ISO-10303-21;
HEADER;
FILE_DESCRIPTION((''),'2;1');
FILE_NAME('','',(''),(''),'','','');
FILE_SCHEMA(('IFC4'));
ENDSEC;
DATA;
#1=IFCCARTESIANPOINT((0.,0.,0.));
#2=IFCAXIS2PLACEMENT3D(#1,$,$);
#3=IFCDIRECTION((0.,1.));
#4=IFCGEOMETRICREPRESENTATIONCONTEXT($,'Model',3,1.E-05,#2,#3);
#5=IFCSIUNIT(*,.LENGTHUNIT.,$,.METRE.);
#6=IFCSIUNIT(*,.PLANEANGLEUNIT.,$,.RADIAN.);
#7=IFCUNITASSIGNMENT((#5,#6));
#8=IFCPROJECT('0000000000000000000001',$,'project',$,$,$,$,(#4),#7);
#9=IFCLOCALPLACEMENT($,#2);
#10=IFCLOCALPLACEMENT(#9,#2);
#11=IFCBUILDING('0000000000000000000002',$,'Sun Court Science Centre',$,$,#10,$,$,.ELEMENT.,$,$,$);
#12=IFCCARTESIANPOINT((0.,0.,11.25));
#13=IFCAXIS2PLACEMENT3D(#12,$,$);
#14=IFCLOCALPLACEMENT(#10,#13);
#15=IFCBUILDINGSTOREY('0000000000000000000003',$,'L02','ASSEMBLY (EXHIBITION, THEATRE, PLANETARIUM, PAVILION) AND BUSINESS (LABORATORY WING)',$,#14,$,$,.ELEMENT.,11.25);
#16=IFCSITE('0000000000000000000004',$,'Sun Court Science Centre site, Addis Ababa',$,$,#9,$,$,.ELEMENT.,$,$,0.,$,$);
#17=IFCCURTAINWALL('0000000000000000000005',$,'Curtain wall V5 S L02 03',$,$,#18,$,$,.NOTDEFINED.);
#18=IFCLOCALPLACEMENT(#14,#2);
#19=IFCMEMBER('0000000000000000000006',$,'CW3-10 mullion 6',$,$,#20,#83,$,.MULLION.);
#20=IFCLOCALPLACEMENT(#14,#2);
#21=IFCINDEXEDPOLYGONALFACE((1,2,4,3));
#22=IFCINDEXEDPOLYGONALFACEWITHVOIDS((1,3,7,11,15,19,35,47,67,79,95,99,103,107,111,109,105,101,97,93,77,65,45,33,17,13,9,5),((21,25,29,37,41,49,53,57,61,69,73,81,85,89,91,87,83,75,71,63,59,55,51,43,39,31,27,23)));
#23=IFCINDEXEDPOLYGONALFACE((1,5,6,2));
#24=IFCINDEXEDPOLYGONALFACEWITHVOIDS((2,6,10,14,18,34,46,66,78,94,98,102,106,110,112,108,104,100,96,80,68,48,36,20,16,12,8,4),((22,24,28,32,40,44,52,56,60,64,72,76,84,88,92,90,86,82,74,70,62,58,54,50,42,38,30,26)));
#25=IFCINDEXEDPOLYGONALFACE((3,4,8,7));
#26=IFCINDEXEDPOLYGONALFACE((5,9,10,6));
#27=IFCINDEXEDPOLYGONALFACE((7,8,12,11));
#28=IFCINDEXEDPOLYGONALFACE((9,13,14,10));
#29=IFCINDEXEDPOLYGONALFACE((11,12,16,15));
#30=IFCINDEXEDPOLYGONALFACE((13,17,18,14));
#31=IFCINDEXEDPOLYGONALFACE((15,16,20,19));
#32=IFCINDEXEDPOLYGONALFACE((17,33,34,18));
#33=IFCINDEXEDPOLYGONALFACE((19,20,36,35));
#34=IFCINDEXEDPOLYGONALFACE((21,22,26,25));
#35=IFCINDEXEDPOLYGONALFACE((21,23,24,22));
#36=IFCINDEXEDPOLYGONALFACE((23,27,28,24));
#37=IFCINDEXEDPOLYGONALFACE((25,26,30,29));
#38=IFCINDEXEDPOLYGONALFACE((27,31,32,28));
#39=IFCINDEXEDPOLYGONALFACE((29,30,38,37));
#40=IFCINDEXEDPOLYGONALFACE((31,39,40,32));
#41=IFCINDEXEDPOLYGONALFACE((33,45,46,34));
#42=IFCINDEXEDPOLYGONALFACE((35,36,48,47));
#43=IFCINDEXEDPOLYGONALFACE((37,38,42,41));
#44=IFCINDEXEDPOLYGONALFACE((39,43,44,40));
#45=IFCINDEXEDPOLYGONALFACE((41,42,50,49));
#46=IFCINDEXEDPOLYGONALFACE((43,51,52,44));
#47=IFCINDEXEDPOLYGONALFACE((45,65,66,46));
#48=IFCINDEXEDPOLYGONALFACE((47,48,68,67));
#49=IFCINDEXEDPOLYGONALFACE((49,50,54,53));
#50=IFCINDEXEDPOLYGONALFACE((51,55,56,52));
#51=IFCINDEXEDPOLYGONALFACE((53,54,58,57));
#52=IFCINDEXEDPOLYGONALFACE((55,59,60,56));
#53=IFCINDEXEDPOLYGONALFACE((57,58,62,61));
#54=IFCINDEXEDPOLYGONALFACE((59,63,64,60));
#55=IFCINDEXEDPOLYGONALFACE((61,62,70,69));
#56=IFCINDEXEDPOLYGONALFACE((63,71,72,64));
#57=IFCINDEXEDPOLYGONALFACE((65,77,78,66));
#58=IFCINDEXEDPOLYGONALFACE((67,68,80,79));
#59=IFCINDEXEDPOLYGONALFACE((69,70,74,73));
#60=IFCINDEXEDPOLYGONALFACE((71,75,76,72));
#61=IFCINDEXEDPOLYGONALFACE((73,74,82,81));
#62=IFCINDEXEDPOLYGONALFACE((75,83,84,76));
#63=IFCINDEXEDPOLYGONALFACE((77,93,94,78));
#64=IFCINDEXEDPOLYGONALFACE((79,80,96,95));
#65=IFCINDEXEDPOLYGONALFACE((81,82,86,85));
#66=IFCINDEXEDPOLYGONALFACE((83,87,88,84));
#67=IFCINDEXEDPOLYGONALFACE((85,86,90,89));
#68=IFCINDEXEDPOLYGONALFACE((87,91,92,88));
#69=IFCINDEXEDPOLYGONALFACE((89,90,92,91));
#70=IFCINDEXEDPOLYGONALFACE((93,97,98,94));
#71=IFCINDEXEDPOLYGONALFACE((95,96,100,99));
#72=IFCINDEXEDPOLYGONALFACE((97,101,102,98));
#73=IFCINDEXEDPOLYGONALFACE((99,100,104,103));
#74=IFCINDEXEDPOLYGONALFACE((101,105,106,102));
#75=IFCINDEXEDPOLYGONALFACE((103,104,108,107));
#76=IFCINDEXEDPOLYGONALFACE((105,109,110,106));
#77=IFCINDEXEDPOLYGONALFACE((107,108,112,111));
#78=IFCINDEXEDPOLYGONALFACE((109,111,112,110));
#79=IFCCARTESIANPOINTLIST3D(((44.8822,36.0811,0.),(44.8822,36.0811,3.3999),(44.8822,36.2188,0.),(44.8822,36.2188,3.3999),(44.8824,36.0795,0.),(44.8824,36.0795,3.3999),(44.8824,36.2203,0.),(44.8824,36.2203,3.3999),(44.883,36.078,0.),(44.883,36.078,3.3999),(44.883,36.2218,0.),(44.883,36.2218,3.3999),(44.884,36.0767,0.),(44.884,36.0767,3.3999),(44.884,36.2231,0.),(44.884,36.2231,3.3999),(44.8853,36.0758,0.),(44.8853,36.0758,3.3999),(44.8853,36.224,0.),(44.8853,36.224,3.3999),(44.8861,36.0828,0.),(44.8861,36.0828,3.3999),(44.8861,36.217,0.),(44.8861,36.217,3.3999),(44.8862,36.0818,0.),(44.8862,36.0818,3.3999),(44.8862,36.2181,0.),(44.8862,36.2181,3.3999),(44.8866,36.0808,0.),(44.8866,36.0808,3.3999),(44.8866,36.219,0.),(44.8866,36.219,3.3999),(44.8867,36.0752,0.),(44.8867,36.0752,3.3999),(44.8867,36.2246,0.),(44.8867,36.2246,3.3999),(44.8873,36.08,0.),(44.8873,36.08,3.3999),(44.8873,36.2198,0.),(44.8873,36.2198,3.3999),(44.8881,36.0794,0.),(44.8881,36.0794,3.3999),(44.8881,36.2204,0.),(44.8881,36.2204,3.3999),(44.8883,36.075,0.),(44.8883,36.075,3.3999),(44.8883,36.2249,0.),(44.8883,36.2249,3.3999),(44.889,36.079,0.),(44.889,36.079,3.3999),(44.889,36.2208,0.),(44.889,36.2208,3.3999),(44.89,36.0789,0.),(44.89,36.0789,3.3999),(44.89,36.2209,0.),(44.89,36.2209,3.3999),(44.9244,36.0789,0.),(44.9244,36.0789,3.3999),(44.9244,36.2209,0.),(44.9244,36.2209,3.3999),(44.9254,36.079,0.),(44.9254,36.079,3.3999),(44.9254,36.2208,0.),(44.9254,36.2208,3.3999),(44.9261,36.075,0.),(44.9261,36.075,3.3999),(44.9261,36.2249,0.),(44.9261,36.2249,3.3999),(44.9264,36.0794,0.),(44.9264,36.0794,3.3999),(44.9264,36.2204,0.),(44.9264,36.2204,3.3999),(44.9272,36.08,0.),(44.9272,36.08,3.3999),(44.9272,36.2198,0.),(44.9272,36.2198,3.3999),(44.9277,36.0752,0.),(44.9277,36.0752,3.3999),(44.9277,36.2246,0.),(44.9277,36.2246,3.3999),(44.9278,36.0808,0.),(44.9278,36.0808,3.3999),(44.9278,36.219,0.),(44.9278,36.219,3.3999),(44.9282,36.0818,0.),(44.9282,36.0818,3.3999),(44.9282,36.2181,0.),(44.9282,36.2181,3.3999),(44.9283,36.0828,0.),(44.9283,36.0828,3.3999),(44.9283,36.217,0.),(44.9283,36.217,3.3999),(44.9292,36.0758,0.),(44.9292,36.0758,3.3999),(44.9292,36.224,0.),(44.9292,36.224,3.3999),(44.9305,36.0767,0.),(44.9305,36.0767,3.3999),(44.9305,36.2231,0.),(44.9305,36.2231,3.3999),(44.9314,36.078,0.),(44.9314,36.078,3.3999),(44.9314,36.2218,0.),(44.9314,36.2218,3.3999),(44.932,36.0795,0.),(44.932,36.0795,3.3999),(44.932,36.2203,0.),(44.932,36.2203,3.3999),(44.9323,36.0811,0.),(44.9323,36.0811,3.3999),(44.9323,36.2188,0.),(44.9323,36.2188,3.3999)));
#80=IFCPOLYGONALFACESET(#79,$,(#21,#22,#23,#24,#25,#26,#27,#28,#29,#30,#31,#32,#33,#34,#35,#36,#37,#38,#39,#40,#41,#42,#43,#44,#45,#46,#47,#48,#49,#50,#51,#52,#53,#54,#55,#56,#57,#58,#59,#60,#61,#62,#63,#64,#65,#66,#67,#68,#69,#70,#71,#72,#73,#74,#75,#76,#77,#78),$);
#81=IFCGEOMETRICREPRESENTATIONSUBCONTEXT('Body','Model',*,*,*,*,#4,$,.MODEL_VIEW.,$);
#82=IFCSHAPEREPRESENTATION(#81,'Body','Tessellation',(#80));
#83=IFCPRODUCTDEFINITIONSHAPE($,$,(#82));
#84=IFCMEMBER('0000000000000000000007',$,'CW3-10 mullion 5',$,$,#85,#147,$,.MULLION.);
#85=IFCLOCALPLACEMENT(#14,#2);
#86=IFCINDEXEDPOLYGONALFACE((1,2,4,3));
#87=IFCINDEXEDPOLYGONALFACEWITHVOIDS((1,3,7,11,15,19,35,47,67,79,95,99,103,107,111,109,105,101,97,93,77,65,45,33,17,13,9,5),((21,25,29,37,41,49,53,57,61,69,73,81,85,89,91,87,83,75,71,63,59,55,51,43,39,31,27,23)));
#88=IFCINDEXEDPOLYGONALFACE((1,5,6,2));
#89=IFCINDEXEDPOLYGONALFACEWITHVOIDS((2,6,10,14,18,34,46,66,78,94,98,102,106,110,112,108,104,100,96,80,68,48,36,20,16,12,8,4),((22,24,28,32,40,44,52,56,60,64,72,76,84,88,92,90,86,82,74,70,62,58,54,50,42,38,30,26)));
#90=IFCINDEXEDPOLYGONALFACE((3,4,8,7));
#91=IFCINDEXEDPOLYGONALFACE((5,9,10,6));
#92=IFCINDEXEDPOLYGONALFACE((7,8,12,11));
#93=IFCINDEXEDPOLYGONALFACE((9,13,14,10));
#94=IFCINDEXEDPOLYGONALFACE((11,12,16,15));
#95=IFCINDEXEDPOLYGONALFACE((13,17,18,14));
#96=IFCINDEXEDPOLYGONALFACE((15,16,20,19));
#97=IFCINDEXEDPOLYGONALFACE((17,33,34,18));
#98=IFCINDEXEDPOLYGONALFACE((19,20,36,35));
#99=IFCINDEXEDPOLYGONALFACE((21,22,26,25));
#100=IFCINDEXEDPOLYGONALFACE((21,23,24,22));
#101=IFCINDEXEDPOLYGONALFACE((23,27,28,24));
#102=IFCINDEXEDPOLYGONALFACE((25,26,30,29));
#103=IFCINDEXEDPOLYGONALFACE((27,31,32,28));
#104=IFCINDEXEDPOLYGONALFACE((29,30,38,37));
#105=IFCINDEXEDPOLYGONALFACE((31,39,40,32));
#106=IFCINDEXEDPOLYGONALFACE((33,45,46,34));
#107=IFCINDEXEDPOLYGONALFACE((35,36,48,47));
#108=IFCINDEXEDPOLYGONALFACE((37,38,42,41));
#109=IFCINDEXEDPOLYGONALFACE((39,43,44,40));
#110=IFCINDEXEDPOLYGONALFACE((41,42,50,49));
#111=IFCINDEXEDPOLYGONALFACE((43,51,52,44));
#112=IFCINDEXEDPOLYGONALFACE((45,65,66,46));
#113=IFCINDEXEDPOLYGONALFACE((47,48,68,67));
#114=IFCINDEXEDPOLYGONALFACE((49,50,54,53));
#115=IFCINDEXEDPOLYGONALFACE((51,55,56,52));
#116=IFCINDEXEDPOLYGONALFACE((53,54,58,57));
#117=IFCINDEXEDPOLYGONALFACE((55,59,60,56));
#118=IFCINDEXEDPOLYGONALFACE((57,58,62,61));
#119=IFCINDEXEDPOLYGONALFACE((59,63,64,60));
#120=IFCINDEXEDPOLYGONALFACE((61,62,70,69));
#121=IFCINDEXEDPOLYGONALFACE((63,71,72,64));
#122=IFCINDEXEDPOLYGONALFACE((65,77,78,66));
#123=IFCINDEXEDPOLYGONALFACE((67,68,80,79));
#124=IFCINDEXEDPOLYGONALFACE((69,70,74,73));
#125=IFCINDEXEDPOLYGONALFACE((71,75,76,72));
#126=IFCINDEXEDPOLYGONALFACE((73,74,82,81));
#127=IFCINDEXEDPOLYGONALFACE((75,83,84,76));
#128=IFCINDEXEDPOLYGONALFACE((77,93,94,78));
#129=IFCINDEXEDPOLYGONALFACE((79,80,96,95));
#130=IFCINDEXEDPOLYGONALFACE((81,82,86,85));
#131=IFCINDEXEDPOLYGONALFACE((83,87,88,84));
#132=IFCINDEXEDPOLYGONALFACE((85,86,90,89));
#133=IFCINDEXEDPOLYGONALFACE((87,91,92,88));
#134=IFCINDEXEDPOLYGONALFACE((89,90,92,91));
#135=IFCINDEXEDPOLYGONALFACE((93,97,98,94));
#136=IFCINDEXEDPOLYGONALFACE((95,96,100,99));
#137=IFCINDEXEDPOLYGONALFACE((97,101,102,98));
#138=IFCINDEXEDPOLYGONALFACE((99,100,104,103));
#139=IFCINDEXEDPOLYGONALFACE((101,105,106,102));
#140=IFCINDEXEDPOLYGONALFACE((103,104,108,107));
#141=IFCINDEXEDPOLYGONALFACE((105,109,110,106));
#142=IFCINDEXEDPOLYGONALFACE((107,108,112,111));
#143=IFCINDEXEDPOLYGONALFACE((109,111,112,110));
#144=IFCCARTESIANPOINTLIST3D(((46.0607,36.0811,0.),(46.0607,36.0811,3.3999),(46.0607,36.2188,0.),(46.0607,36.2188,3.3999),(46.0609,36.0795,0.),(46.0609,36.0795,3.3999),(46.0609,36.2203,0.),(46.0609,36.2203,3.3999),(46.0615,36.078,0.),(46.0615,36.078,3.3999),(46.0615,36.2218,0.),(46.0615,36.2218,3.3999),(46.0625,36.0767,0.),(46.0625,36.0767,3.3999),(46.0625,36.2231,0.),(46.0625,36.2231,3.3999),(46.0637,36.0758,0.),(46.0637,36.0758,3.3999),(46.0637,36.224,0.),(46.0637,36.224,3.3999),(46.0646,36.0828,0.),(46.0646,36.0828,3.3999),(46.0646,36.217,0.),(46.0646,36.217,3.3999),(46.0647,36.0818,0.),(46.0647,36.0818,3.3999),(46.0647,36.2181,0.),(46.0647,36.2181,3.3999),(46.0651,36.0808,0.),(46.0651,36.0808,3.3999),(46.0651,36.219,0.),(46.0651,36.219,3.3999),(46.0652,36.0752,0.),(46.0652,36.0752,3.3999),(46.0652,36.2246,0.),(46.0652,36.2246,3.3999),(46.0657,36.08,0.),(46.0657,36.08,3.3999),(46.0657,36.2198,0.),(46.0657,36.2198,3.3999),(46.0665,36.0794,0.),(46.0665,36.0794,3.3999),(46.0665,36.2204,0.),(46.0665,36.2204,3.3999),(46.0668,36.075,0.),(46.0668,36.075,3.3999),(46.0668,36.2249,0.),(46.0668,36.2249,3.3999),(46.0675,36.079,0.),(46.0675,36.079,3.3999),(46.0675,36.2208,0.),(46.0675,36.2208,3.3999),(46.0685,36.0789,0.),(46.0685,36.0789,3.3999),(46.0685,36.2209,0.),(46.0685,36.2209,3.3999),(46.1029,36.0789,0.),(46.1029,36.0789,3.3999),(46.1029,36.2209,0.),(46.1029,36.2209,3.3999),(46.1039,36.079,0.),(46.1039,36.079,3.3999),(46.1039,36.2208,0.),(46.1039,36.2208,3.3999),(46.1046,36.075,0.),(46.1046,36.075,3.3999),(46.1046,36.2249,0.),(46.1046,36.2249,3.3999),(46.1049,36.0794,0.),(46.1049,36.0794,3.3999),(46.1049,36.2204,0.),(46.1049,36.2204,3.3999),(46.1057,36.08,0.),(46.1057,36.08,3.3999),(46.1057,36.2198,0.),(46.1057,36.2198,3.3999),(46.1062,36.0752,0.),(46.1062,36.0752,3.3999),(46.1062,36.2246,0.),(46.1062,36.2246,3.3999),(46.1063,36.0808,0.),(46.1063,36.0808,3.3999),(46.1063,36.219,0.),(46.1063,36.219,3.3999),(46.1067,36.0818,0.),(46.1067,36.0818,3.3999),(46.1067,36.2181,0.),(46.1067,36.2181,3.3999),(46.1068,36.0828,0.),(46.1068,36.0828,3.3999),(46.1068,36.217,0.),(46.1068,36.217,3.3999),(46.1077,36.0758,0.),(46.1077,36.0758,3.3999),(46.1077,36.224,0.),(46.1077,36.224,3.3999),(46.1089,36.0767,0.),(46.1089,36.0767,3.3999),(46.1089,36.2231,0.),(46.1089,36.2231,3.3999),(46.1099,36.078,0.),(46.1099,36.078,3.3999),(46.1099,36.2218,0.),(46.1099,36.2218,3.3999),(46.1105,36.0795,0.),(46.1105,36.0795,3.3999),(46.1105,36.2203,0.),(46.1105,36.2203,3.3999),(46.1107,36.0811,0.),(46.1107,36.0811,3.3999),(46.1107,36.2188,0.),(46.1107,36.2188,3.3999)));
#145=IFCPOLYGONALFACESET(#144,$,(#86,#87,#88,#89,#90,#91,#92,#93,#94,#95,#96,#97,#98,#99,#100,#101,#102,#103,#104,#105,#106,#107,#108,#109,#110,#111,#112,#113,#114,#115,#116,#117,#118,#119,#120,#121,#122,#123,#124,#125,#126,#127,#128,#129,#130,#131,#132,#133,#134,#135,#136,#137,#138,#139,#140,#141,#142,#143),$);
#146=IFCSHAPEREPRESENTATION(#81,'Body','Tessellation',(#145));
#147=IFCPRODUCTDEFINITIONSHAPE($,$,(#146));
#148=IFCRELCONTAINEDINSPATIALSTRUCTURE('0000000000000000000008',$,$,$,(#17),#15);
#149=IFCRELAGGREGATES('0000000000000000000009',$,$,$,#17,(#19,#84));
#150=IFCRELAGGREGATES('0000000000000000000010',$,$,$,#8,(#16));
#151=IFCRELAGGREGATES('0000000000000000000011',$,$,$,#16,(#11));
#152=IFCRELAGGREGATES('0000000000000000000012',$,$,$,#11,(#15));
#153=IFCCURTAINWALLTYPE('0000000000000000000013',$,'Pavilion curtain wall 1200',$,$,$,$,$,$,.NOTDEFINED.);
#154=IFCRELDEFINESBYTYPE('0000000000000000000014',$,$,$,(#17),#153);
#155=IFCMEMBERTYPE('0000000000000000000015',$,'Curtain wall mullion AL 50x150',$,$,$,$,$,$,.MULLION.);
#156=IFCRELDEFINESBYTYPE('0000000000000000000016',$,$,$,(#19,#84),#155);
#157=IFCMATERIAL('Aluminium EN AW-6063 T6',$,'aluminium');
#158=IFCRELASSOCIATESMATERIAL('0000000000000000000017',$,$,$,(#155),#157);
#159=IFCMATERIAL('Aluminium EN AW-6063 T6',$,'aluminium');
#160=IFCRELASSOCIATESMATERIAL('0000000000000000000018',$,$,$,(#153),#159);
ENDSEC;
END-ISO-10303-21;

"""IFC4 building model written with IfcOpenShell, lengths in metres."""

from ifc_helpers import new_model, si_unit, direction, frame, origin, origin_2d, place, context, subcontext, project, spatial, hollow_rectangle, extrude, material, material_profile, profile_set, type_object, element, aggregate, save


model = new_model("IFC4")

# Units and contexts
model_context = context("Model", 3, precision=1e-05, world=origin(), true_north=direction((0.0, 1.0)))
body_context = subcontext(model_context, "Body", "Model", "MODEL_VIEW")
ifc_project = project(units=[si_unit("LENGTHUNIT", "METRE"), si_unit("PLANEANGLEUNIT", "RADIAN")], contexts=[model_context])

# Site, building, storey
site_placement = place(None, origin())
site = spatial("IfcSite", under=ifc_project, at=site_placement, Name="Sun Court Science Centre site, Addis Ababa", CompositionType="ELEMENT", RefElevation=0.0)
building_placement = place(site_placement, origin())
building = spatial("IfcBuilding", under=site, at=building_placement, Name="Sun Court Science Centre", CompositionType="ELEMENT")
storey_placement = place(building_placement, frame((0.0, 0.0, 11.25)))
storey = spatial("IfcBuildingStorey", under=building, at=storey_placement, Name="L02", Description="ASSEMBLY (EXHIBITION, THEATRE, PLANETARIUM, PAVILION) AND BUSINESS (LABORATORY WING)", CompositionType="ELEMENT", Elevation=11.25)

# Shared definitions
ifc_material_1 = material(Name="Aluminium EN AW-6063 T6", Category="aluminium")
ifc_material_profile_1 = material_profile(ifc_material_1, hollow_rectangle(XDim=0.05, YDim=0.1499, WallThickness=0.0039, InnerFilletRadius=0.0039, OuterFilletRadius=0.0061, at=origin_2d()), Name="AL 50x150x4")
ifc_profile_set_1 = profile_set([ifc_material_profile_1], Name="Aluminium EN AW-6063 T6")
member_type_1 = type_object("IfcMemberType", Name="Curtain wall mullion AL 50x150", PredefinedType="MULLION", material=ifc_profile_set_1)

# Shared definitions
ifc_material_2 = material(Name="Aluminium EN AW-6063 T6", Category="aluminium")
curtain_wall_type_1 = type_object("IfcCurtainWallType", Name="Pavilion curtain wall 1200", PredefinedType="NOTDEFINED", material=ifc_material_2)

# Curtain wall, members
curtain_wall_1_placement = place(storey_placement, origin())
curtain_wall_1 = element("IfcCurtainWall", 1, at=curtain_wall_1_placement, inside=storey, type_object=curtain_wall_type_1, Name="Curtain wall V5 S L02 03", PredefinedType="NOTDEFINED")
member_1_placement = place(storey_placement, frame((44.9072, 36.1499, 0.0), z_axis=(0.0, 0.0, 1.0), x_axis=(-1.0, 0.0, 0.0)))
member_1 = element("IfcMember", 2, at=member_1_placement, type_object=member_type_1, Name="CW3-10 mullion 6", PredefinedType="MULLION", context=body_context, shape_type="SweptSolid", body=[
    extrude(hollow_rectangle(XDim=0.05, YDim=0.1499, WallThickness=0.0039, InnerFilletRadius=0.0039, OuterFilletRadius=0.0061, at=origin_2d()), origin(), (0.0, 0.0, 1.0), 3.3999),
])
member_2_placement = place(storey_placement, frame((46.0857, 36.1499, 0.0), z_axis=(0.0, 0.0, 1.0), x_axis=(-1.0, 0.0, 0.0)))
member_2 = element("IfcMember", 3, at=member_2_placement, type_object=member_type_1, Name="CW3-10 mullion 5", PredefinedType="MULLION", context=body_context, shape_type="SweptSolid", body=[
    extrude(hollow_rectangle(XDim=0.05, YDim=0.1499, WallThickness=0.0039, InnerFilletRadius=0.0039, OuterFilletRadius=0.0061, at=origin_2d()), origin(), (0.0, 0.0, 1.0), 3.3999),
])
aggregate(curtain_wall_1, [member_1, member_2])

save(model, "model.ifc")
